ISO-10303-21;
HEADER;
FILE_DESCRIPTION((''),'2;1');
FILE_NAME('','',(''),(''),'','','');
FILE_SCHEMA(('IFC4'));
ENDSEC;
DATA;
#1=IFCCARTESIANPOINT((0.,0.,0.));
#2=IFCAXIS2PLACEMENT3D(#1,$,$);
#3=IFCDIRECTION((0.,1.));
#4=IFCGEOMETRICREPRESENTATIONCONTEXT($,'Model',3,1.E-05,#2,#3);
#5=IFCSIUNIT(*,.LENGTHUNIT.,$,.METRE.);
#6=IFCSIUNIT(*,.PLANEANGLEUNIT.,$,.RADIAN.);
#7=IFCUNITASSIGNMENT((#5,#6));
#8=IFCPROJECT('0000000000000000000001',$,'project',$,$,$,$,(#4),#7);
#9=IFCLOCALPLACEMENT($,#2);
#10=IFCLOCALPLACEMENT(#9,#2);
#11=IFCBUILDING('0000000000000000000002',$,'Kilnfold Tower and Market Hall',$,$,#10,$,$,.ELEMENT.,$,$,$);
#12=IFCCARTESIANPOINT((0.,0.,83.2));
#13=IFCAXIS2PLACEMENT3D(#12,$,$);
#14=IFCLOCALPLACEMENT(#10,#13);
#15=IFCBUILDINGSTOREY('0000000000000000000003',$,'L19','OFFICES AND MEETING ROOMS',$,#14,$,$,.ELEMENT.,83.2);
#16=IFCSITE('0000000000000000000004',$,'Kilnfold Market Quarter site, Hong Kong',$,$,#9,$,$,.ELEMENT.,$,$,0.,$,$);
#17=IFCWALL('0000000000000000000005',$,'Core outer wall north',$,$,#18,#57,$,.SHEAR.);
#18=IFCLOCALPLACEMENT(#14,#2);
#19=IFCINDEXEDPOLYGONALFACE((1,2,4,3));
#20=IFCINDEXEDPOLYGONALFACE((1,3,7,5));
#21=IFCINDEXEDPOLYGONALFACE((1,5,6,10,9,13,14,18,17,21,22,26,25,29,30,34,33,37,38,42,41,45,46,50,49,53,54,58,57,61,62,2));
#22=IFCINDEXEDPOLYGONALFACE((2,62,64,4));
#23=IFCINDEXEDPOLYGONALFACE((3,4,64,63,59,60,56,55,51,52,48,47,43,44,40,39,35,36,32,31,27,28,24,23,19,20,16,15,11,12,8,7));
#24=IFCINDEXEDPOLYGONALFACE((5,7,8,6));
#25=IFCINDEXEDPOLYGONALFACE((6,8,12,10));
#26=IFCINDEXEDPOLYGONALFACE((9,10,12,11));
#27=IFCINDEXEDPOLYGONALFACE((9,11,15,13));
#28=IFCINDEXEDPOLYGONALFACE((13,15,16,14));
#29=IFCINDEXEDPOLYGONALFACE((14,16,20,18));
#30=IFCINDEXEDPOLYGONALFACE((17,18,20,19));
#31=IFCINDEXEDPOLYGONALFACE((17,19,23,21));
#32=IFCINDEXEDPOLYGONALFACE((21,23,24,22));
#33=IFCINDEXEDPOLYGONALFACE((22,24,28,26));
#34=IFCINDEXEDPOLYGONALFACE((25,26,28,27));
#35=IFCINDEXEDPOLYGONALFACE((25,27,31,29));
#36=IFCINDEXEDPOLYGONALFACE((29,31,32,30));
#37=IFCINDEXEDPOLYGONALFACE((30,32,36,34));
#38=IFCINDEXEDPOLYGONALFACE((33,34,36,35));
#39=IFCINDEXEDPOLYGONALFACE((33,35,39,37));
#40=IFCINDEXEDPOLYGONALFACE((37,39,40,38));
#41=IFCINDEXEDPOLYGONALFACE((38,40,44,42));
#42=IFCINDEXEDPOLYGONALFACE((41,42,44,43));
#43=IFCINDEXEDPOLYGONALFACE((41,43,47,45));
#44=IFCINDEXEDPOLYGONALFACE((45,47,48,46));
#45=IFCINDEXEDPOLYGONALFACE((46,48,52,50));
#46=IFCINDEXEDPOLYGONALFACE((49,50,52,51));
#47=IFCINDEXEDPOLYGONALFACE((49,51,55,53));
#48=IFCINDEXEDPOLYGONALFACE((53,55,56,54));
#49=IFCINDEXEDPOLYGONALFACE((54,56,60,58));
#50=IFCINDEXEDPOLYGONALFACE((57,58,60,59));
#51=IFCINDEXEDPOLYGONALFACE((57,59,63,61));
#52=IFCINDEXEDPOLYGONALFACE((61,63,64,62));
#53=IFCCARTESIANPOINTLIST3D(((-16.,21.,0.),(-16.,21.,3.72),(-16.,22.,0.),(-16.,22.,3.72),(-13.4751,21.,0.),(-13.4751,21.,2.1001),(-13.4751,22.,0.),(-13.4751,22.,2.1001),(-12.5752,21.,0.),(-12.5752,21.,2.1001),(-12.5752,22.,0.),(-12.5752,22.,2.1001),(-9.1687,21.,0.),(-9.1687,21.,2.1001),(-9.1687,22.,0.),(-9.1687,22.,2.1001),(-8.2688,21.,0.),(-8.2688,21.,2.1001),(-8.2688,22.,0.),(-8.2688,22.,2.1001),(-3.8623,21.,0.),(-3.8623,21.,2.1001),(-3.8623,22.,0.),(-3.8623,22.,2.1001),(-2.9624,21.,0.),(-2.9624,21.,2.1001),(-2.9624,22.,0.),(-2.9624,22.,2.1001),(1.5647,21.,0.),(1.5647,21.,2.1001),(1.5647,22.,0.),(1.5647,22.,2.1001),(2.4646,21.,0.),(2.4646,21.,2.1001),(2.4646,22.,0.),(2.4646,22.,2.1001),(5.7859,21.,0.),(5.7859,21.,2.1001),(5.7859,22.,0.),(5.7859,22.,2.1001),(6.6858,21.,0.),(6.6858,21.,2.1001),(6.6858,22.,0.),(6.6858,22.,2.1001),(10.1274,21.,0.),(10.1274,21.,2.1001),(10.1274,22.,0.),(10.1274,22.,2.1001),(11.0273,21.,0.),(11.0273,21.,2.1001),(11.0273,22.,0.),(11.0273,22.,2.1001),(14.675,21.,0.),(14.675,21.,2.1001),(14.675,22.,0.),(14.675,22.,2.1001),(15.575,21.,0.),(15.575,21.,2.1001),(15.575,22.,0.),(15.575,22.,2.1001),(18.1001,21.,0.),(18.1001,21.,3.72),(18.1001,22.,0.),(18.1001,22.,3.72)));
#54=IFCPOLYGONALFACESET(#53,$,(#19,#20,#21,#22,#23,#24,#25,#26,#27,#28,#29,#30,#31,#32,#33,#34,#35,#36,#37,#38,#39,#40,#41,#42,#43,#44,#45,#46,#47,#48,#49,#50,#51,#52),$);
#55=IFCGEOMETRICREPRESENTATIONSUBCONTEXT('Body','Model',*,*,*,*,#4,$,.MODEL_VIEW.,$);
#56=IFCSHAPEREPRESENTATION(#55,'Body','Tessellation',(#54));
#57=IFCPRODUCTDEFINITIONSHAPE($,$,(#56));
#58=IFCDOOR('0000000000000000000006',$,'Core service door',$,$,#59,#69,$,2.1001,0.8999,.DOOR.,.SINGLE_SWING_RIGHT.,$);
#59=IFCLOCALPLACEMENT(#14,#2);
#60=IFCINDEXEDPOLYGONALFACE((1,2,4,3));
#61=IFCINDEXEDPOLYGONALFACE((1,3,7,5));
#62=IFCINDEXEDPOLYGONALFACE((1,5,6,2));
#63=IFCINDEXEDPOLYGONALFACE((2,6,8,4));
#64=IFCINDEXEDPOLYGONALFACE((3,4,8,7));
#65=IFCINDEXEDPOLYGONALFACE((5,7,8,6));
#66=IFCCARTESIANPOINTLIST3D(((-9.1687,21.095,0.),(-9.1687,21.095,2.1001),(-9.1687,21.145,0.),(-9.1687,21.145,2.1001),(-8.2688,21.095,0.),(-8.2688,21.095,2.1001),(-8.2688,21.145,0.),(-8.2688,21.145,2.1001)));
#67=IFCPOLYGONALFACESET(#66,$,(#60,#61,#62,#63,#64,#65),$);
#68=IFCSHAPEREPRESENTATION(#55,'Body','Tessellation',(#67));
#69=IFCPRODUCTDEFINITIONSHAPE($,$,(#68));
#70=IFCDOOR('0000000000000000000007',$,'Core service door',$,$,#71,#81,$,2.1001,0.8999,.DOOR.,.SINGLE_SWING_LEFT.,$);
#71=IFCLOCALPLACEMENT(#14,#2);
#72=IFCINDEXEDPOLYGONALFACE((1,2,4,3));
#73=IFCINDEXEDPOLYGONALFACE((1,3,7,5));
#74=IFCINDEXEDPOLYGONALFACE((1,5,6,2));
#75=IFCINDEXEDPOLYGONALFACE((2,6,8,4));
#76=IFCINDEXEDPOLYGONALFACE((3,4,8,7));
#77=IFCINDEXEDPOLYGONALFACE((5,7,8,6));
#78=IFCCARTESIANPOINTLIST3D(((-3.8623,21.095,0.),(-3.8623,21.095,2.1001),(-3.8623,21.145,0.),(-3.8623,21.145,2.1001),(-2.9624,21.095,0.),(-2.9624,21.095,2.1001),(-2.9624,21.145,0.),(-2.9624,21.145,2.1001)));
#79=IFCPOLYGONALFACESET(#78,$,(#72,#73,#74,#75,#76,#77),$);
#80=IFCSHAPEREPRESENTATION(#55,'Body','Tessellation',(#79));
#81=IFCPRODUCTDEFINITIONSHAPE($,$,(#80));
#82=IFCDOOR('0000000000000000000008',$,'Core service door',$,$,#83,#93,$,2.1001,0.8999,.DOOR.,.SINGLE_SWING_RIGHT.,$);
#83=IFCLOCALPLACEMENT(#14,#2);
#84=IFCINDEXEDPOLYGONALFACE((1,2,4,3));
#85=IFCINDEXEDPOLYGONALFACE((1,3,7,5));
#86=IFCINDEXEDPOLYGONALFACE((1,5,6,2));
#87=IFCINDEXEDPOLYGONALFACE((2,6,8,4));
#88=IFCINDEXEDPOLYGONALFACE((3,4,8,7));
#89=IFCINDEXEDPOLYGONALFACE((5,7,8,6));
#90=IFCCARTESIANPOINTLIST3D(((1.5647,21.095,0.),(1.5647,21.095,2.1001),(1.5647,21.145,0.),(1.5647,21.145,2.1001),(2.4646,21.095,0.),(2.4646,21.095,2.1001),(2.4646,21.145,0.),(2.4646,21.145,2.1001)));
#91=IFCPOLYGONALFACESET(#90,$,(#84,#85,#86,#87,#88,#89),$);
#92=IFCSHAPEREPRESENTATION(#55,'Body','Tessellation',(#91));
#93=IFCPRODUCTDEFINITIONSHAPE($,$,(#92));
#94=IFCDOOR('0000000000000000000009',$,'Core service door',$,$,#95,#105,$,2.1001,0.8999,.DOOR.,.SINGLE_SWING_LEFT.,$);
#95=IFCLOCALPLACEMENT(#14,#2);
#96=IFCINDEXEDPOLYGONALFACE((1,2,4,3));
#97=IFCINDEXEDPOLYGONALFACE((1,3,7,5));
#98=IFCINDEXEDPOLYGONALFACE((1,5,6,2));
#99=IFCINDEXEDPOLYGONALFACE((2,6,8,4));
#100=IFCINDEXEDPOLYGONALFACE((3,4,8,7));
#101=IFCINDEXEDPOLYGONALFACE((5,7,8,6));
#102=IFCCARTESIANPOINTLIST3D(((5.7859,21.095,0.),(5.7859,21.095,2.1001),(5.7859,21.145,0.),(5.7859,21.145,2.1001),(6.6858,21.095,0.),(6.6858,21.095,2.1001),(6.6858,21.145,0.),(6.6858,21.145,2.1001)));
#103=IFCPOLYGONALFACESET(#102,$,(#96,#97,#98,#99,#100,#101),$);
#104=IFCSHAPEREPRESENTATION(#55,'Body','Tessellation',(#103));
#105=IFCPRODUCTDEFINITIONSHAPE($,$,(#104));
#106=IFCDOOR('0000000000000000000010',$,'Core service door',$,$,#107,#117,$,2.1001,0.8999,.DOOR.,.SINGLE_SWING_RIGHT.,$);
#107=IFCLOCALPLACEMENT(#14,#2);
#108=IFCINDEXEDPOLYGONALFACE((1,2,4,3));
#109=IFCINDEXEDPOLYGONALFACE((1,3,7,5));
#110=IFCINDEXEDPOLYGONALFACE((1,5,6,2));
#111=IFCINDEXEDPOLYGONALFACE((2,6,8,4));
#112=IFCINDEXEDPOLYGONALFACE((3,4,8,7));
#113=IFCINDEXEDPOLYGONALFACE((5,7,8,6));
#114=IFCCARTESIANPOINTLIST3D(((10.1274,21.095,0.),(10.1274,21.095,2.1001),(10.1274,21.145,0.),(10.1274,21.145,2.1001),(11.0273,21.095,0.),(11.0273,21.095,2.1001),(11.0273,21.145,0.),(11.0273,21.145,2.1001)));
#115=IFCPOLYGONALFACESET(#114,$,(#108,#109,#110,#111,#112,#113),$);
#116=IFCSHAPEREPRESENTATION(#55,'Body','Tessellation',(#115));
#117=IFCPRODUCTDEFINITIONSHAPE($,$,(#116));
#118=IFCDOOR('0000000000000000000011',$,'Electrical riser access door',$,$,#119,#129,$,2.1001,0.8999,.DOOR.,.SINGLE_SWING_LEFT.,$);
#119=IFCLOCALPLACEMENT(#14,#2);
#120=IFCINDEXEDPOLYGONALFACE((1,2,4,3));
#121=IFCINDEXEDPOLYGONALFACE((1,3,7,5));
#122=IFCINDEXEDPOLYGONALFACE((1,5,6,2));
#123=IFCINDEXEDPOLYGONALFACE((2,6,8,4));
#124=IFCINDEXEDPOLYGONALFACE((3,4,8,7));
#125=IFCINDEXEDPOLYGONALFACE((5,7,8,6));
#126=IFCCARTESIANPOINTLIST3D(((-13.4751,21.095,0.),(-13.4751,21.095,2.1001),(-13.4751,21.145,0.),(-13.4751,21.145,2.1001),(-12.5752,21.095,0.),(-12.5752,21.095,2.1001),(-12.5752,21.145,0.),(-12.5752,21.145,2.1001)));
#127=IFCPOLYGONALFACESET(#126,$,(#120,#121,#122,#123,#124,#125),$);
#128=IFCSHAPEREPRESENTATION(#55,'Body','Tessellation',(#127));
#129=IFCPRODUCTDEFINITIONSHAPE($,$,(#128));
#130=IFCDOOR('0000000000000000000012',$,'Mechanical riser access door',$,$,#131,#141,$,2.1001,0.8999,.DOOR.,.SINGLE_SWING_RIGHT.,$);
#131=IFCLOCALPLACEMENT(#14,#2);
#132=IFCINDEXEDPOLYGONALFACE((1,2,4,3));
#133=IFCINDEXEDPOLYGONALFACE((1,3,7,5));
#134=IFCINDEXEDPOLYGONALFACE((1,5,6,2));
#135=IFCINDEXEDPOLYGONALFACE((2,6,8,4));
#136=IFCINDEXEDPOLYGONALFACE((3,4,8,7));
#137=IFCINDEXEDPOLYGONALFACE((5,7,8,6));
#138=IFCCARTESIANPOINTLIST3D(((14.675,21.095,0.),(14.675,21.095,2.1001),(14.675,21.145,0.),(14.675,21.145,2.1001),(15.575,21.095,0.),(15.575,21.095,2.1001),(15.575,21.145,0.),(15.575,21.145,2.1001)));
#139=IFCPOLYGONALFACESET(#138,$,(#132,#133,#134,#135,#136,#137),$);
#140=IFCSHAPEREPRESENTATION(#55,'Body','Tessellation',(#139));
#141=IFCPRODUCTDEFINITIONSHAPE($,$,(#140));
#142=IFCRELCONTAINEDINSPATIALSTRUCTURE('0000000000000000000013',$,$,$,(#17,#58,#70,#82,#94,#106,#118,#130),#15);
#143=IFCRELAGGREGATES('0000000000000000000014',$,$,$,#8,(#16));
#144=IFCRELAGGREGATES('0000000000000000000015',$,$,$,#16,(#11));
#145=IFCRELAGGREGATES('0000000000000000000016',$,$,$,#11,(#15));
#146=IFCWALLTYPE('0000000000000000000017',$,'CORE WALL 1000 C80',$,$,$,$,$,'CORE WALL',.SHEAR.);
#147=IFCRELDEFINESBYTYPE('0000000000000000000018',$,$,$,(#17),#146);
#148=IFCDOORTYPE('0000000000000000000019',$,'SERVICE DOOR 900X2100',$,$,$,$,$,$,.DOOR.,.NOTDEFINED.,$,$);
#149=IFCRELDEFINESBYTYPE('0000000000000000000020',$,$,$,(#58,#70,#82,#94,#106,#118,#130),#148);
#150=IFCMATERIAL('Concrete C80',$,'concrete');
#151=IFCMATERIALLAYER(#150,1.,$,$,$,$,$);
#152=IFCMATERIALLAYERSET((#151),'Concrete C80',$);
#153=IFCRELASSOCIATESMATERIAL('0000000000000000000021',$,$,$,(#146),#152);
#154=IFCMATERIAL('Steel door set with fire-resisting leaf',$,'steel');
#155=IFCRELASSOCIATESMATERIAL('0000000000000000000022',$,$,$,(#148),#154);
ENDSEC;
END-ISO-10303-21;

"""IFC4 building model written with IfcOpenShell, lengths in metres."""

from ifc_helpers import new_model, si_unit, direction, frame, frame_2d, origin, place, context, subcontext, project, spatial, rectangle, extrude, source, transform, mapped, material, layer, layer_set, type_object, element, fill, save


model = new_model("IFC4")

# Units and contexts
model_context = context("Model", 3, precision=1e-05, world=origin(), true_north=direction((0.0, 1.0)))
body_context = subcontext(model_context, "Body", "Model", "MODEL_VIEW")
ifc_project = project(units=[si_unit("LENGTHUNIT", "METRE"), si_unit("PLANEANGLEUNIT", "RADIAN")], contexts=[model_context])

# Site, building, storey
site_placement = place(None, origin())
site = spatial("IfcSite", under=ifc_project, at=site_placement, Name="Kilnfold Market Quarter site, Hong Kong", CompositionType="ELEMENT", RefElevation=0.0)
building_placement = place(site_placement, origin())
building = spatial("IfcBuilding", under=site, at=building_placement, Name="Kilnfold Tower and Market Hall", CompositionType="ELEMENT")
storey_placement = place(building_placement, frame((0.0, 0.0, 83.2)))
storey = spatial("IfcBuildingStorey", under=building, at=storey_placement, Name="L19", Description="OFFICES AND MEETING ROOMS", CompositionType="ELEMENT", Elevation=83.2)

# Wall, openings, doors
ifc_material_1 = material(Name="Concrete C80", Category="concrete")
ifc_layer_1 = layer(ifc_material_1, 1.0)
ifc_layer_set_1 = layer_set([ifc_layer_1], Name="Concrete C80")
wall_type_1 = type_object("IfcWallType", Name="CORE WALL 1000 C80", ElementType="CORE WALL", PredefinedType="SHEAR", material=ifc_layer_set_1)
shared_shape_1 = source(origin(), body_context, "Body", "SweptSolid", [
    extrude(rectangle(XDim=34.1001, YDim=1.0, at=frame_2d((17.05, 0.0))), origin(), (0.0, 0.0, 1.0), 3.72),
])
wall_1_placement = place(storey_placement, frame((-16.0, 21.5, 0.0), z_axis=(0.0, 0.0, 1.0), x_axis=(1.0, 0.0, 0.0)))
wall_1 = element("IfcWall", 1, at=wall_1_placement, inside=storey, type_object=wall_type_1, Name="Core outer wall north", PredefinedType="SHEAR", context=body_context, shape_type="MappedRepresentation", body=[
    mapped(shared_shape_1, transform((0.0, 0.0, 0.0))),
])
opening_1_placement = place(wall_1_placement, frame((6.8313, 0.0, 0.0)))
opening_1 = element("IfcOpeningElement", 2, at=opening_1_placement, cuts=wall_1, PredefinedType="OPENING", context=body_context, shape_type="SweptSolid", body=[
    extrude(rectangle(XDim=0.8999, YDim=2.1001, at=frame_2d((0.45, 1.05))), frame((0.0, 0.51, 0.0), z_axis=(0.0, -1.0, 0.0), x_axis=(1.0, 0.0, 0.0)), (0.0, 0.0, 1.0), 1.02),
])
opening_2_placement = place(wall_1_placement, frame((12.1377, 0.0, 0.0)))
opening_2 = element("IfcOpeningElement", 3, at=opening_2_placement, cuts=wall_1, PredefinedType="OPENING", context=body_context, shape_type="SweptSolid", body=[
    extrude(rectangle(XDim=0.8999, YDim=2.1001, at=frame_2d((0.45, 1.05))), frame((0.0, 0.51, 0.0), z_axis=(0.0, -1.0, 0.0), x_axis=(1.0, 0.0, 0.0)), (0.0, 0.0, 1.0), 1.02),
])
opening_3_placement = place(wall_1_placement, frame((17.5647, 0.0, 0.0)))
opening_3 = element("IfcOpeningElement", 4, at=opening_3_placement, cuts=wall_1, PredefinedType="OPENING", context=body_context, shape_type="SweptSolid", body=[
    extrude(rectangle(XDim=0.8999, YDim=2.1001, at=frame_2d((0.45, 1.05))), frame((0.0, 0.51, 0.0), z_axis=(0.0, -1.0, 0.0), x_axis=(1.0, 0.0, 0.0)), (0.0, 0.0, 1.0), 1.02),
])
opening_4_placement = place(wall_1_placement, frame((21.7859, 0.0, 0.0)))
opening_4 = element("IfcOpeningElement", 5, at=opening_4_placement, cuts=wall_1, PredefinedType="OPENING", context=body_context, shape_type="SweptSolid", body=[
    extrude(rectangle(XDim=0.8999, YDim=2.1001, at=frame_2d((0.45, 1.05))), frame((0.0, 0.51, 0.0), z_axis=(0.0, -1.0, 0.0), x_axis=(1.0, 0.0, 0.0)), (0.0, 0.0, 1.0), 1.02),
])
opening_5_placement = place(wall_1_placement, frame((26.1274, 0.0, 0.0)))
opening_5 = element("IfcOpeningElement", 6, at=opening_5_placement, cuts=wall_1, PredefinedType="OPENING", context=body_context, shape_type="SweptSolid", body=[
    extrude(rectangle(XDim=0.8999, YDim=2.1001, at=frame_2d((0.45, 1.05))), frame((0.0, 0.51, 0.0), z_axis=(0.0, -1.0, 0.0), x_axis=(1.0, 0.0, 0.0)), (0.0, 0.0, 1.0), 1.02),
])
opening_6_placement = place(wall_1_placement, frame((2.5249, 0.0, 0.0)))
opening_6 = element("IfcOpeningElement", 7, at=opening_6_placement, cuts=wall_1, PredefinedType="OPENING", context=body_context, shape_type="SweptSolid", body=[
    extrude(rectangle(XDim=0.8999, YDim=2.1001, at=frame_2d((0.45, 1.05))), frame((0.0, 0.51, 0.0), z_axis=(0.0, -1.0, 0.0), x_axis=(1.0, 0.0, 0.0)), (0.0, 0.0, 1.0), 1.02),
])
opening_7_placement = place(wall_1_placement, frame((30.675, 0.0, 0.0)))
opening_7 = element("IfcOpeningElement", 8, at=opening_7_placement, cuts=wall_1, PredefinedType="OPENING", context=body_context, shape_type="SweptSolid", body=[
    extrude(rectangle(XDim=0.8999, YDim=2.1001, at=frame_2d((0.45, 1.05))), frame((0.0, 0.51, 0.0), z_axis=(0.0, -1.0, 0.0), x_axis=(1.0, 0.0, 0.0)), (0.0, 0.0, 1.0), 1.02),
])
ifc_material_2 = material(Name="Steel door set with fire-resisting leaf", Category="steel")
door_type = type_object("IfcDoorType", Name="SERVICE DOOR 900X2100", OperationType="NOTDEFINED", PredefinedType="DOOR", material=ifc_material_2)
door_1_placement = place(opening_1_placement, origin())
door_1 = element("IfcDoor", 9, at=door_1_placement, inside=storey, type_object=door_type, Name="Core service door", OperationType="SINGLE_SWING_RIGHT", OverallHeight=2.1001, OverallWidth=0.8999, PredefinedType="DOOR", context=body_context, shape_type="SweptSolid", body=[
    extrude(rectangle(XDim=0.8999, YDim=2.1001, at=frame_2d((0.45, 1.05))), frame((0.0, -0.355, 0.0), z_axis=(0.0, -1.0, 0.0), x_axis=(1.0, 0.0, 0.0)), (0.0, 0.0, 1.0), 0.05),
])
fill(opening_1, door_1)
door_2_placement = place(opening_2_placement, origin())
door_2 = element("IfcDoor", 10, at=door_2_placement, inside=storey, type_object=door_type, Name="Core service door", OperationType="SINGLE_SWING_LEFT", OverallHeight=2.1001, OverallWidth=0.8999, PredefinedType="DOOR", context=body_context, shape_type="SweptSolid", body=[
    extrude(rectangle(XDim=0.8999, YDim=2.1001, at=frame_2d((0.45, 1.05))), frame((0.0, -0.355, 0.0), z_axis=(0.0, -1.0, 0.0), x_axis=(1.0, 0.0, 0.0)), (0.0, 0.0, 1.0), 0.05),
])
fill(opening_2, door_2)
door_3_placement = place(opening_3_placement, origin())
door_3 = element("IfcDoor", 11, at=door_3_placement, inside=storey, type_object=door_type, Name="Core service door", OperationType="SINGLE_SWING_RIGHT", OverallHeight=2.1001, OverallWidth=0.8999, PredefinedType="DOOR", context=body_context, shape_type="SweptSolid", body=[
    extrude(rectangle(XDim=0.8999, YDim=2.1001, at=frame_2d((0.45, 1.05))), frame((0.0, -0.355, 0.0), z_axis=(0.0, -1.0, 0.0), x_axis=(1.0, 0.0, 0.0)), (0.0, 0.0, 1.0), 0.05),
])
fill(opening_3, door_3)
door_4_placement = place(opening_4_placement, origin())
door_4 = element("IfcDoor", 12, at=door_4_placement, inside=storey, type_object=door_type, Name="Core service door", OperationType="SINGLE_SWING_LEFT", OverallHeight=2.1001, OverallWidth=0.8999, PredefinedType="DOOR", context=body_context, shape_type="SweptSolid", body=[
    extrude(rectangle(XDim=0.8999, YDim=2.1001, at=frame_2d((0.45, 1.05))), frame((0.0, -0.355, 0.0), z_axis=(0.0, -1.0, 0.0), x_axis=(1.0, 0.0, 0.0)), (0.0, 0.0, 1.0), 0.05),
])
fill(opening_4, door_4)
door_5_placement = place(opening_5_placement, origin())
door_5 = element("IfcDoor", 13, at=door_5_placement, inside=storey, type_object=door_type, Name="Core service door", OperationType="SINGLE_SWING_RIGHT", OverallHeight=2.1001, OverallWidth=0.8999, PredefinedType="DOOR", context=body_context, shape_type="SweptSolid", body=[
    extrude(rectangle(XDim=0.8999, YDim=2.1001, at=frame_2d((0.45, 1.05))), frame((0.0, -0.355, 0.0), z_axis=(0.0, -1.0, 0.0), x_axis=(1.0, 0.0, 0.0)), (0.0, 0.0, 1.0), 0.05),
])
fill(opening_5, door_5)
door_6_placement = place(opening_6_placement, origin())
door_6 = element("IfcDoor", 14, at=door_6_placement, inside=storey, type_object=door_type, Name="Electrical riser access door", OperationType="SINGLE_SWING_LEFT", OverallHeight=2.1001, OverallWidth=0.8999, PredefinedType="DOOR", context=body_context, shape_type="SweptSolid", body=[
    extrude(rectangle(XDim=0.8999, YDim=2.1001, at=frame_2d((0.45, 1.05))), frame((0.0, -0.355, 0.0), z_axis=(0.0, -1.0, 0.0), x_axis=(1.0, 0.0, 0.0)), (0.0, 0.0, 1.0), 0.05),
])
fill(opening_6, door_6)
door_7_placement = place(opening_7_placement, origin())
door_7 = element("IfcDoor", 15, at=door_7_placement, inside=storey, type_object=door_type, Name="Mechanical riser access door", OperationType="SINGLE_SWING_RIGHT", OverallHeight=2.1001, OverallWidth=0.8999, PredefinedType="DOOR", context=body_context, shape_type="SweptSolid", body=[
    extrude(rectangle(XDim=0.8999, YDim=2.1001, at=frame_2d((0.45, 1.05))), frame((0.0, -0.355, 0.0), z_axis=(0.0, -1.0, 0.0), x_axis=(1.0, 0.0, 0.0)), (0.0, 0.0, 1.0), 0.05),
])
fill(opening_7, door_7)

save(model, "model.ifc")
